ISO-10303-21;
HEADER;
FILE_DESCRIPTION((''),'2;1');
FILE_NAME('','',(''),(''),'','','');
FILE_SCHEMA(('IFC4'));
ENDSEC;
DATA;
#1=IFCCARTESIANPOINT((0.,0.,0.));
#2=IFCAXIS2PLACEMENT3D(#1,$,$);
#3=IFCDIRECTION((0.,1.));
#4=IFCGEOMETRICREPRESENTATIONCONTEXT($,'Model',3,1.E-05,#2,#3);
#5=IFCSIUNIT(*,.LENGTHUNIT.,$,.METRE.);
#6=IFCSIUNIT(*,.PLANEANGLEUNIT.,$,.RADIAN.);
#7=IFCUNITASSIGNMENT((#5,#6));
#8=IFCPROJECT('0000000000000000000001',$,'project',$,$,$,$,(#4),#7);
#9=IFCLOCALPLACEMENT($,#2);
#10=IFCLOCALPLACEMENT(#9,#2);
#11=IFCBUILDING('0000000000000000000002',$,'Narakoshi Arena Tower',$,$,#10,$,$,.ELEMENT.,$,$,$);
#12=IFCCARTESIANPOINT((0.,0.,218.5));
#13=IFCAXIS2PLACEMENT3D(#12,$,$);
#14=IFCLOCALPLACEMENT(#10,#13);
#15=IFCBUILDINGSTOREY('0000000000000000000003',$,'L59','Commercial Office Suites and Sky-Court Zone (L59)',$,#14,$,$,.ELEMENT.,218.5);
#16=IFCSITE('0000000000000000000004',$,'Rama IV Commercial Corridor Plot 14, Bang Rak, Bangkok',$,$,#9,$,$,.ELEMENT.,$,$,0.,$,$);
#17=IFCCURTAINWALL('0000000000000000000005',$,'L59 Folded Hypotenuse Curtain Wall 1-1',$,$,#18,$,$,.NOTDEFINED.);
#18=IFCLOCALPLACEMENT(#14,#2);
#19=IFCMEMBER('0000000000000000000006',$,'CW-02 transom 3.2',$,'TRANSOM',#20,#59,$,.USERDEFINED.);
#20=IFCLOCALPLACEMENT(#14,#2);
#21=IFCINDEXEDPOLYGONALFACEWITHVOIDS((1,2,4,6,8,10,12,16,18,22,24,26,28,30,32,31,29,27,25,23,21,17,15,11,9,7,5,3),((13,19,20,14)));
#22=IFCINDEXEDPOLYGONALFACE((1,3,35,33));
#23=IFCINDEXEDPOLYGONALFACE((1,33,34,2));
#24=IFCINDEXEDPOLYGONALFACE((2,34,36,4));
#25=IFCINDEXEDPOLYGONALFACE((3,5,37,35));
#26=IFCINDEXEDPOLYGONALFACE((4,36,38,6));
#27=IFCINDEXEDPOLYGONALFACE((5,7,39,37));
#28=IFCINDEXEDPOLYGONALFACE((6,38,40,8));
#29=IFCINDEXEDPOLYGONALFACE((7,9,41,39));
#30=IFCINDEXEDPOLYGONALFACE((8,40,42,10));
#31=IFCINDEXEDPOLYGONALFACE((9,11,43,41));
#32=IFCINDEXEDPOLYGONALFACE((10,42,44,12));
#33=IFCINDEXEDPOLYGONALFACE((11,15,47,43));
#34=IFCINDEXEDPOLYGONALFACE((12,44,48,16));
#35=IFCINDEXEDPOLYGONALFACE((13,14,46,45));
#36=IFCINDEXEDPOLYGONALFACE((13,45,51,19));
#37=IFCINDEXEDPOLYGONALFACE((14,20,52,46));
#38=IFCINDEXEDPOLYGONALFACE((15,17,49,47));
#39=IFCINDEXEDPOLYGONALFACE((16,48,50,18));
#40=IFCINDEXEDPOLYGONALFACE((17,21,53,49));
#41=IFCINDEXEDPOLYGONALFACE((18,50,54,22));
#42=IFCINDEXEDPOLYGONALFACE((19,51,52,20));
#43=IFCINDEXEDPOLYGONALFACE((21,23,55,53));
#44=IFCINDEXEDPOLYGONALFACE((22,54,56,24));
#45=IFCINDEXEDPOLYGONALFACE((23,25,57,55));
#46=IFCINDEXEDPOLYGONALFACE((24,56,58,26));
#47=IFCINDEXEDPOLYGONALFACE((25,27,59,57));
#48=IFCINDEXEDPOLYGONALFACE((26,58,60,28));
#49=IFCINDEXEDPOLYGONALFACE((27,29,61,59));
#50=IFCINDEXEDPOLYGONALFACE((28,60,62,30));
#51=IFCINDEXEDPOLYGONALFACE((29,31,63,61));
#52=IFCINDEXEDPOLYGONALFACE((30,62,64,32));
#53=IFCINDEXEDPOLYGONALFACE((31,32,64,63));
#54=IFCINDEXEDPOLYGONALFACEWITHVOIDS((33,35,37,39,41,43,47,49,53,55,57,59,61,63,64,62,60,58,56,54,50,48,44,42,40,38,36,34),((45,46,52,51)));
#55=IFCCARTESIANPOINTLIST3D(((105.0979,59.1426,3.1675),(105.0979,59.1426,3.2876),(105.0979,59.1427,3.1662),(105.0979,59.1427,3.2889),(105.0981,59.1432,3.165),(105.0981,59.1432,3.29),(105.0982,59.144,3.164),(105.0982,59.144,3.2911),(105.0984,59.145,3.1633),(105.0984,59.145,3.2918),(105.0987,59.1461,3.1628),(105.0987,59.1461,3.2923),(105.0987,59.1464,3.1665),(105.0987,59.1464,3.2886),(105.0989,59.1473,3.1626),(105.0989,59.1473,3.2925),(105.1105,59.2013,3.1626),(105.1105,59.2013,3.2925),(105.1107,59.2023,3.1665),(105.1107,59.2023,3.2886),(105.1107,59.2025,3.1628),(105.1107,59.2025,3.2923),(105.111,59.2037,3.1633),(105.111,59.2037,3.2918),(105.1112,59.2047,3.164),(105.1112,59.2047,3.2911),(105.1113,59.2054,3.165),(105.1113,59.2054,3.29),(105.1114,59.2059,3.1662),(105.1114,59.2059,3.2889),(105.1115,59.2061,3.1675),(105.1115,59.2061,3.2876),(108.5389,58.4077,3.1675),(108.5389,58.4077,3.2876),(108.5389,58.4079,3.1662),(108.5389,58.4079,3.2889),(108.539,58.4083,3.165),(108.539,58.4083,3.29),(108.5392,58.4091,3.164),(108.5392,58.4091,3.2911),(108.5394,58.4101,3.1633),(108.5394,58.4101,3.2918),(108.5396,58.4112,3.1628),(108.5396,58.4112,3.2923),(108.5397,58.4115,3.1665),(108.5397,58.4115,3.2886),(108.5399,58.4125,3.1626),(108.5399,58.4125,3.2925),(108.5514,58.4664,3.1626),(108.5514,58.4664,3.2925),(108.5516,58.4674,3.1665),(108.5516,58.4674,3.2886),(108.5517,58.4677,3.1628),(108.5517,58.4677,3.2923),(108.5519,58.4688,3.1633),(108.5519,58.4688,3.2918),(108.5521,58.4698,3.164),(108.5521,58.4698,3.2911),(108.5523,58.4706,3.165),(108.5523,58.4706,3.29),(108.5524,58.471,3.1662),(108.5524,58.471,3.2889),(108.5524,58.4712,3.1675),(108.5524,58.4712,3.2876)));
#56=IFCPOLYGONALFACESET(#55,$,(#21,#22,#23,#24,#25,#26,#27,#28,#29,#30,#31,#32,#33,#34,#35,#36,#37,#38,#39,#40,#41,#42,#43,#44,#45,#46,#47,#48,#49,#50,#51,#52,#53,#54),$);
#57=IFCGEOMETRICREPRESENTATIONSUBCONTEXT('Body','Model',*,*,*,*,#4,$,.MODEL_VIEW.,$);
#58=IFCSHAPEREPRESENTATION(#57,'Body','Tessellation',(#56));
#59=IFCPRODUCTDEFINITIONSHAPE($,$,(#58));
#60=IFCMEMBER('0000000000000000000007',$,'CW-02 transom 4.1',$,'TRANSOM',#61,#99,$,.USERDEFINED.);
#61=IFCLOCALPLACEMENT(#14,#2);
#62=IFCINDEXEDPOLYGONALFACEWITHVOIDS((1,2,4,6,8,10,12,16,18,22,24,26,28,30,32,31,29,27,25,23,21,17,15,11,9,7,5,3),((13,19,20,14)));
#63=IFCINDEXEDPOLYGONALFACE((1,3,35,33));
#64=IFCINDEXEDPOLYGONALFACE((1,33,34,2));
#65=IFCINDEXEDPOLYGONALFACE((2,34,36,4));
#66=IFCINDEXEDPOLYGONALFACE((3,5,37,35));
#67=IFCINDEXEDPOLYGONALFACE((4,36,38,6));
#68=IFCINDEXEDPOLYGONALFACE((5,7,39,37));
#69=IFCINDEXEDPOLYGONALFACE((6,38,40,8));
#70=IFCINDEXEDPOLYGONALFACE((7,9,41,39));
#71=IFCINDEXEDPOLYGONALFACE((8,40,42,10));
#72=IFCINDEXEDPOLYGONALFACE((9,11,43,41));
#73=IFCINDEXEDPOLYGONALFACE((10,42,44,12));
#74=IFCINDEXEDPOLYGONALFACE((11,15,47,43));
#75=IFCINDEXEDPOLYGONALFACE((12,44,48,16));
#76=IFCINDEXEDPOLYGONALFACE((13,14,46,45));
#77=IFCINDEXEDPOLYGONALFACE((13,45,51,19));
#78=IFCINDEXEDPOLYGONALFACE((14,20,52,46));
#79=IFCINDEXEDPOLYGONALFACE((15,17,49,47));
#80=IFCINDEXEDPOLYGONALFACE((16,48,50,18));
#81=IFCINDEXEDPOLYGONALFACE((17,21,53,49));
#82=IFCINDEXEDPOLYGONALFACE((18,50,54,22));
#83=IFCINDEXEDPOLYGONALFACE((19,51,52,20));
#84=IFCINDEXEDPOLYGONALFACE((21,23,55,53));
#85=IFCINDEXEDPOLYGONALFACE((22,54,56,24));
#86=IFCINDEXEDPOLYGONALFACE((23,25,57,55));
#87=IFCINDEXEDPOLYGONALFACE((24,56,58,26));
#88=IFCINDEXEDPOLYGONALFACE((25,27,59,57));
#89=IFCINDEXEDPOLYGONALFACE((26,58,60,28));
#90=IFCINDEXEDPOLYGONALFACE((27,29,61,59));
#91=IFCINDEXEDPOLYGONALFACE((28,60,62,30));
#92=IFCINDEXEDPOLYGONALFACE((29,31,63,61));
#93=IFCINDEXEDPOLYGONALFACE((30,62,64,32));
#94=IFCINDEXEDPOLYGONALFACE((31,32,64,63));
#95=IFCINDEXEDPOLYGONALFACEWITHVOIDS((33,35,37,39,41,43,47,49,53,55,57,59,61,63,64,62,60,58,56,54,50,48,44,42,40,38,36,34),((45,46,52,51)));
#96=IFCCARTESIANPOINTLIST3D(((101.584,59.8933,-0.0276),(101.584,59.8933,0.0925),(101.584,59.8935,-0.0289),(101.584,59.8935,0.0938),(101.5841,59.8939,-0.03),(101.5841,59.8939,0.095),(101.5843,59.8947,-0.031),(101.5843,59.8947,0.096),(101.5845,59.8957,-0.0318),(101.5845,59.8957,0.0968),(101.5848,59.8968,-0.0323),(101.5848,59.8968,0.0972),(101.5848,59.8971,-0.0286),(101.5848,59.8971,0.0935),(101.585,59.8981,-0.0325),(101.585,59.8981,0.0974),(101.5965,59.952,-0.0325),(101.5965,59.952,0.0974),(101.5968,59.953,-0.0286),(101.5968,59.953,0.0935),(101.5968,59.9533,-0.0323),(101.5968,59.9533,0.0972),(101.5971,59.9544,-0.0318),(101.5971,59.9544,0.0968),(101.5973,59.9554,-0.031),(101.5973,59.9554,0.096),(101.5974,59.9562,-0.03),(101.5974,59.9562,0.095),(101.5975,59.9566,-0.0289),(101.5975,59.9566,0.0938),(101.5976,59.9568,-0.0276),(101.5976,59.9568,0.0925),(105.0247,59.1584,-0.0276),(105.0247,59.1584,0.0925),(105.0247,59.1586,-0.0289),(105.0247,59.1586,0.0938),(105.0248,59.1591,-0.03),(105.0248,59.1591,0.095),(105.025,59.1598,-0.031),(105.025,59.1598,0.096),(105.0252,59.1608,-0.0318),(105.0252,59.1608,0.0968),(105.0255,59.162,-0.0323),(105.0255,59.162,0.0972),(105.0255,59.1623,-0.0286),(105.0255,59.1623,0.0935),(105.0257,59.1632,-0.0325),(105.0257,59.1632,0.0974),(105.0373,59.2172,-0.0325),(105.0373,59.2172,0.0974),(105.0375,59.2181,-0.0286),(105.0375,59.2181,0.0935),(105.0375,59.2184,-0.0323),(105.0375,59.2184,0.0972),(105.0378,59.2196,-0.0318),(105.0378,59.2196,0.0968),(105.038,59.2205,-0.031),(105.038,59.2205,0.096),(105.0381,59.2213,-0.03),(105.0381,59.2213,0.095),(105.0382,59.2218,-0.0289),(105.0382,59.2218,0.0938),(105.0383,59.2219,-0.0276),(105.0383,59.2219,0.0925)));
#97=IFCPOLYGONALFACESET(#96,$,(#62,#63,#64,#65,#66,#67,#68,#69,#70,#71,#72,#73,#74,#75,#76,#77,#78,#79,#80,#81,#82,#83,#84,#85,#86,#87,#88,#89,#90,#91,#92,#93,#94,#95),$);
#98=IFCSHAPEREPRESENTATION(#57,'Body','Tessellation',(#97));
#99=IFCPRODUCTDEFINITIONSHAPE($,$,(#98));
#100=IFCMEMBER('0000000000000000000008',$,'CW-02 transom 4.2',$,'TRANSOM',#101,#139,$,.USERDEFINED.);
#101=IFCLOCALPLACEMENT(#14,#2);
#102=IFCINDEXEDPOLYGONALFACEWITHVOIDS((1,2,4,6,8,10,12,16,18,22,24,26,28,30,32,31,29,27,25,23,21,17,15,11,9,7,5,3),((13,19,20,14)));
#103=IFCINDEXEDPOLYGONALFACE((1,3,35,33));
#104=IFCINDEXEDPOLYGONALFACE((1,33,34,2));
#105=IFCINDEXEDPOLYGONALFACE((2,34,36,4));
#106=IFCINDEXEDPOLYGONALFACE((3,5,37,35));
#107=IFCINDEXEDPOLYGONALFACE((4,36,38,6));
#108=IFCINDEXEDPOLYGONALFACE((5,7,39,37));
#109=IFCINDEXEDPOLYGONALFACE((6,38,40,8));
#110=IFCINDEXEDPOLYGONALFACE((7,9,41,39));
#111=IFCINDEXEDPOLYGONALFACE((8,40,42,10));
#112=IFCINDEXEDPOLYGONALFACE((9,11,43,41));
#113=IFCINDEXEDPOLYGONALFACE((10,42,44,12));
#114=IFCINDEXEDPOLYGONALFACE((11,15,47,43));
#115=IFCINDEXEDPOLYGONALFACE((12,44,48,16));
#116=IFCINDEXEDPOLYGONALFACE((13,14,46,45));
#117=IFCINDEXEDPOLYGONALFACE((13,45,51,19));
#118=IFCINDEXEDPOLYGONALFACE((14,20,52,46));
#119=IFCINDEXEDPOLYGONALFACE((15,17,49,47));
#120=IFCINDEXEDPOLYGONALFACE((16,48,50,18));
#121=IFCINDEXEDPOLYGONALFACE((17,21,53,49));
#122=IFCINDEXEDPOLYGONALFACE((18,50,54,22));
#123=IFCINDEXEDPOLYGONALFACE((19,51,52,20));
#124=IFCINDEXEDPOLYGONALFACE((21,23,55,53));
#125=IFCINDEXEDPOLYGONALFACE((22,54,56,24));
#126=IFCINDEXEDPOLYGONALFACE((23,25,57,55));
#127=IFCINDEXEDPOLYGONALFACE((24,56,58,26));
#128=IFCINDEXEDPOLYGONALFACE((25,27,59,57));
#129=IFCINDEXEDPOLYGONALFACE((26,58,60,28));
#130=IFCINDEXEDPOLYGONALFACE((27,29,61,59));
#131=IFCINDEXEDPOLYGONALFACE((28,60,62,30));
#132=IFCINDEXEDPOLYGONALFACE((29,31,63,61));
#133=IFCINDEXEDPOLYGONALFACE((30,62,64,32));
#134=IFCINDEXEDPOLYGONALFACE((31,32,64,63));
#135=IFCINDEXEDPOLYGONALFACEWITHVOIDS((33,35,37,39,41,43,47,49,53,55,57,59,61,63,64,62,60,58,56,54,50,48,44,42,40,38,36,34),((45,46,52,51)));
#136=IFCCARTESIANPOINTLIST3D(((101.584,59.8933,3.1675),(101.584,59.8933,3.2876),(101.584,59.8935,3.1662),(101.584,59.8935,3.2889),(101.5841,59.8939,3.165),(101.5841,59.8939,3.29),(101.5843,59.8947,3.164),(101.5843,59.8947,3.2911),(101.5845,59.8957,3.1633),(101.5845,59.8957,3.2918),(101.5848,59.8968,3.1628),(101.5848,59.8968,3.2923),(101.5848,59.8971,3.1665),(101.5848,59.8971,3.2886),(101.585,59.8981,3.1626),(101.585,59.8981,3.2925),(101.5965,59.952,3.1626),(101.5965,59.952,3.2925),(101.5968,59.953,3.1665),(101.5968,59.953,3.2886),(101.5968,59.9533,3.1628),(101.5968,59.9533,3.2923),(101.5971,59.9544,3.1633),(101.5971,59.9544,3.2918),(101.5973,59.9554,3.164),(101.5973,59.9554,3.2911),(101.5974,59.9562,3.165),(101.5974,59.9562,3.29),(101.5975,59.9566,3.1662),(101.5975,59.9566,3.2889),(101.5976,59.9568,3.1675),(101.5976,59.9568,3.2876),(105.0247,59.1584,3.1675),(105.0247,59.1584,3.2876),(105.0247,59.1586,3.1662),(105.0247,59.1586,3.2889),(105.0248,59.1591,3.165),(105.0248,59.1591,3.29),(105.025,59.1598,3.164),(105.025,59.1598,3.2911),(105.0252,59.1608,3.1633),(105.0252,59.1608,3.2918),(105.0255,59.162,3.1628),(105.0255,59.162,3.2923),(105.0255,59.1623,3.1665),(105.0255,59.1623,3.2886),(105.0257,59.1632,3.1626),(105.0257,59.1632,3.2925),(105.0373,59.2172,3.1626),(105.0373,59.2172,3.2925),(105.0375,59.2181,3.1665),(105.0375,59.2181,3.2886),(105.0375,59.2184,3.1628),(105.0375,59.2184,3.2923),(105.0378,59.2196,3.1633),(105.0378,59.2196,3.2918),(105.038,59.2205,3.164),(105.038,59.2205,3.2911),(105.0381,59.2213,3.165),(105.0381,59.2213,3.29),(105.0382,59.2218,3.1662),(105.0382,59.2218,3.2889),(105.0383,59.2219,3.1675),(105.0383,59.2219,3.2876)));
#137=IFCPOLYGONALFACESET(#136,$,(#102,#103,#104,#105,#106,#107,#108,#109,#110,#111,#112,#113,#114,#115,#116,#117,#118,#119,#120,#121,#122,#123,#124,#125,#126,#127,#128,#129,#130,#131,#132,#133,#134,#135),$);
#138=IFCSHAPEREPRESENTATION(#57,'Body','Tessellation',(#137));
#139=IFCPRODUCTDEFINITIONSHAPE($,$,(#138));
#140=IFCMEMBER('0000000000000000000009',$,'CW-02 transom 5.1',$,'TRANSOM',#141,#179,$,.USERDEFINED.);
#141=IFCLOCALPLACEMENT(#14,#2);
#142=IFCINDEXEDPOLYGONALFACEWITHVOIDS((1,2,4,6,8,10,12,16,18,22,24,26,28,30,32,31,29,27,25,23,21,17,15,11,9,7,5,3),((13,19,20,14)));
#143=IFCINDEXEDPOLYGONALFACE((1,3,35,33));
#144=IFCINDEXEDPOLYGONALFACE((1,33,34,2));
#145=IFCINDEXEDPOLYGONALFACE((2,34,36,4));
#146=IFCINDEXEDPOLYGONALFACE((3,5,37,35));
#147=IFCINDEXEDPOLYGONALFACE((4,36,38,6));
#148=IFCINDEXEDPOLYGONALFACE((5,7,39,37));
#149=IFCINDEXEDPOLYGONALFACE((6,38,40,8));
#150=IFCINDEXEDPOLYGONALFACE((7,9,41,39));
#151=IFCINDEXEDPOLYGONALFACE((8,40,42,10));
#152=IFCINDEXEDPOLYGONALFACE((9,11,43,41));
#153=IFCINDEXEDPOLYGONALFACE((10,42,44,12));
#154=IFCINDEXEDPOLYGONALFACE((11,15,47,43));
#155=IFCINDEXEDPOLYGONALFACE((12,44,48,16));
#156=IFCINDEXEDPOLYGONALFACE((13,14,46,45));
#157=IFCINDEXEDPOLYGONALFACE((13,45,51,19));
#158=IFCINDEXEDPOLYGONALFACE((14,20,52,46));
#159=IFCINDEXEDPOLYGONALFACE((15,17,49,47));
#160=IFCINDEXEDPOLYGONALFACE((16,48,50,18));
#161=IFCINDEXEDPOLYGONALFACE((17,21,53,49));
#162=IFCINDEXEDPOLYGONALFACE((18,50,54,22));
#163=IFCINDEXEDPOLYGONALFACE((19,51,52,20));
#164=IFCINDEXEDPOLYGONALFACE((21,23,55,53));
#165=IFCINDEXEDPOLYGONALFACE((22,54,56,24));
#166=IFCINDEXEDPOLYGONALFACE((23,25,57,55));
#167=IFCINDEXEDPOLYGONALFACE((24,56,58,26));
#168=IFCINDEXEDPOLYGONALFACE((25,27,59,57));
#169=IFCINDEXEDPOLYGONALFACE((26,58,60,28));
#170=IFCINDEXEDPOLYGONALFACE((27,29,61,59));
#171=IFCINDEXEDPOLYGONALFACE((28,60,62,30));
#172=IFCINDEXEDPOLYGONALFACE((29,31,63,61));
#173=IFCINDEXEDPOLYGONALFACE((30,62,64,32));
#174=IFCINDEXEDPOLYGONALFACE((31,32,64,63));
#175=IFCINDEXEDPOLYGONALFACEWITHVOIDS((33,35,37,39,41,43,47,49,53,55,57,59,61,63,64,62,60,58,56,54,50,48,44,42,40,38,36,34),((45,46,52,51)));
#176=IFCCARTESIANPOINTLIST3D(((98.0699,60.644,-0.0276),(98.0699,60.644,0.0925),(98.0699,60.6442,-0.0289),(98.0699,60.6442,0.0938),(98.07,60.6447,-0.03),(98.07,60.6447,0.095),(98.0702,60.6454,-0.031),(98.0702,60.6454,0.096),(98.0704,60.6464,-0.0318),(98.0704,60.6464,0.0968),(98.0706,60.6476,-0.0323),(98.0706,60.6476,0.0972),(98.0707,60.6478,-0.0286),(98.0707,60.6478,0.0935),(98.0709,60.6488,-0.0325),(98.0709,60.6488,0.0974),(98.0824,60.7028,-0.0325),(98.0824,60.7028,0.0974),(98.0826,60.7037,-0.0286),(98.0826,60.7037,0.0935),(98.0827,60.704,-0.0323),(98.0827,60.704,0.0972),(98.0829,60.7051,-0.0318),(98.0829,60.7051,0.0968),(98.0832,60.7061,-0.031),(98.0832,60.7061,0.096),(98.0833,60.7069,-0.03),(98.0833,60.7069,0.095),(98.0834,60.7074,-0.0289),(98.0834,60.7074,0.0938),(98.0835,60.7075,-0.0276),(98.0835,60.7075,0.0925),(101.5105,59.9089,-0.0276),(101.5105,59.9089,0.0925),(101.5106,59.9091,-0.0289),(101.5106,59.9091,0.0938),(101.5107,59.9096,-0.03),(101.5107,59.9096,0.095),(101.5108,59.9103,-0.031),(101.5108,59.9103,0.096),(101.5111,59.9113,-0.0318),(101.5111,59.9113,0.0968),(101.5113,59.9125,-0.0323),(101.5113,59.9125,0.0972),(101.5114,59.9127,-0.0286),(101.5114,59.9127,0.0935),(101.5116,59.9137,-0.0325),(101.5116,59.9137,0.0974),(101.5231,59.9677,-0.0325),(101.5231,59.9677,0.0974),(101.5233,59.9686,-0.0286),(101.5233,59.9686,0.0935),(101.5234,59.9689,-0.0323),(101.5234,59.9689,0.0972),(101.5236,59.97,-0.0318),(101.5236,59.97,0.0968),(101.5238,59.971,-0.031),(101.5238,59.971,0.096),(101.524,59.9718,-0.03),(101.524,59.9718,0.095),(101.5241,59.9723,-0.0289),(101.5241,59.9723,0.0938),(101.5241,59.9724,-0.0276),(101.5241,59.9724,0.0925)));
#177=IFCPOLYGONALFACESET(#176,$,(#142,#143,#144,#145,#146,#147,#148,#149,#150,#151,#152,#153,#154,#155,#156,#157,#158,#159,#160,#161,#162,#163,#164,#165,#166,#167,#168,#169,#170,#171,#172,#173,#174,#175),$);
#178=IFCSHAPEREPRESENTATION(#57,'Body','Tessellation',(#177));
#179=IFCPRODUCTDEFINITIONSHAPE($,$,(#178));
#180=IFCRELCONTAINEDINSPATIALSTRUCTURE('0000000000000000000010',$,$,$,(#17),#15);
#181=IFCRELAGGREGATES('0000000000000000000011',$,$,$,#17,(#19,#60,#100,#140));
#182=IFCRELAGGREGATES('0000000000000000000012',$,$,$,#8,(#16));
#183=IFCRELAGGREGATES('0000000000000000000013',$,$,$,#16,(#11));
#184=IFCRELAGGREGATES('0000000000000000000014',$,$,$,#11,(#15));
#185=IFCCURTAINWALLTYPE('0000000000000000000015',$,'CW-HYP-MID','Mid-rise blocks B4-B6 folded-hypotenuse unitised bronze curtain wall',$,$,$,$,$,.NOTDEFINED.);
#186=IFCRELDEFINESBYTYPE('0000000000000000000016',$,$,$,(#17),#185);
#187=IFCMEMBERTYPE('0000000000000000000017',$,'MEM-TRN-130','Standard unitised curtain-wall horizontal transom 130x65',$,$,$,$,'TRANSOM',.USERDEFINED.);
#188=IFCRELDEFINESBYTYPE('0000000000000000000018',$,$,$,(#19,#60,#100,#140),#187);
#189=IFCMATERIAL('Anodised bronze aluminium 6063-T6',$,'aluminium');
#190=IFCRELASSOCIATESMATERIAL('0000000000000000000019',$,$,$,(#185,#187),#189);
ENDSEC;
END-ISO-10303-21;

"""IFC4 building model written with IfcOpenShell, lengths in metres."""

from ifc_helpers import new_model, si_unit, direction, frame, origin, origin_2d, place, context, subcontext, project, spatial, hollow_rectangle, extrude, material, material_profile, profile_set, type_object, element, aggregate, save


model = new_model("IFC4")

# Units and contexts
model_context = context("Model", 3, precision=1e-05, world=origin(), true_north=direction((0.0, 1.0)))
body_context = subcontext(model_context, "Body", "Model", "MODEL_VIEW")
ifc_project = project(units=[si_unit("LENGTHUNIT", "METRE"), si_unit("PLANEANGLEUNIT", "RADIAN")], contexts=[model_context])

# Site, building, storey
site_placement = place(None, origin())
site = spatial("IfcSite", under=ifc_project, at=site_placement, Name="Rama IV Commercial Corridor Plot 14, Bang Rak, Bangkok", CompositionType="ELEMENT", RefElevation=0.0)
building_placement = place(site_placement, origin())
building = spatial("IfcBuilding", under=site, at=building_placement, Name="Narakoshi Arena Tower", CompositionType="ELEMENT")
storey_placement = place(building_placement, frame((0.0, 0.0, 218.5)))
storey = spatial("IfcBuildingStorey", under=building, at=storey_placement, Name="L59", Description="Commercial Office Suites and Sky-Court Zone (L59)", CompositionType="ELEMENT", Elevation=218.5)

# Curtain wall, members
ifc_material_1 = material(Name="Anodised bronze aluminium 6063-T6", Category="aluminium")
curtain_wall_type = type_object("IfcCurtainWallType", Name="CW-HYP-MID", Description="Mid-rise blocks B4-B6 folded-hypotenuse unitised bronze curtain wall", PredefinedType="NOTDEFINED", material=ifc_material_1)
curtain_wall_placement = place(storey_placement, origin())
curtain_wall = element("IfcCurtainWall", 1, at=curtain_wall_placement, inside=storey, type_object=curtain_wall_type, Name="L59 Folded Hypotenuse Curtain Wall 1-1", PredefinedType="NOTDEFINED")
ifc_material_profile_1 = material_profile(ifc_material_1, hollow_rectangle(XDim=0.0649, YDim=0.1299, WallThickness=0.0039, OuterFilletRadius=0.0049, at=origin_2d()), Name="TRN130x65x4")
ifc_profile_set_1 = profile_set([ifc_material_profile_1], Name="Anodised bronze aluminium 6063-T6")
member_type_1 = type_object("IfcMemberType", Name="MEM-TRN-130", Description="Standard unitised curtain-wall horizontal transom 130x65", ElementType="TRANSOM", PredefinedType="USERDEFINED", material=ifc_profile_set_1)
member_1_placement = place(storey_placement, frame((108.5457, 58.4395, 3.2275), z_axis=(-0.977946, 0.208856, 0.0), x_axis=(-0.208856, -0.977946, 0.0)))
member_1 = element("IfcMember", 2, at=member_1_placement, type_object=member_type_1, Name="CW-02 transom 3.2", ObjectType="TRANSOM", PredefinedType="USERDEFINED", context=body_context, shape_type="SweptSolid", body=[
    extrude(hollow_rectangle(XDim=0.0649, YDim=0.1299, WallThickness=0.0039, OuterFilletRadius=0.0049, at=origin_2d()), origin(), (0.0, 0.0, 1.0), 3.5186),
])
member_2_placement = place(storey_placement, frame((105.0315, 59.1902, 0.0325), z_axis=(-0.977943, 0.20887, 0.0), x_axis=(-0.20887, -0.977943, 0.0)))
member_2 = element("IfcMember", 3, at=member_2_placement, type_object=member_type_1, Name="CW-02 transom 4.1", ObjectType="TRANSOM", PredefinedType="USERDEFINED", context=body_context, shape_type="SweptSolid", body=[
    extrude(hollow_rectangle(XDim=0.0649, YDim=0.1299, WallThickness=0.0039, OuterFilletRadius=0.0049, at=origin_2d()), origin(), (0.0, 0.0, 1.0), 3.5183),
])
member_3_placement = place(storey_placement, frame((105.0315, 59.1902, 3.2275), z_axis=(-0.977943, 0.20887, 0.0), x_axis=(-0.20887, -0.977943, 0.0)))
member_3 = element("IfcMember", 4, at=member_3_placement, type_object=member_type_1, Name="CW-02 transom 4.2", ObjectType="TRANSOM", PredefinedType="USERDEFINED", context=body_context, shape_type="SweptSolid", body=[
    extrude(hollow_rectangle(XDim=0.0649, YDim=0.1299, WallThickness=0.0039, OuterFilletRadius=0.0049, at=origin_2d()), origin(), (0.0, 0.0, 1.0), 3.5183),
])
member_4_placement = place(storey_placement, frame((101.5173, 59.9407, 0.0325), z_axis=(-0.977929, 0.208937, 0.0), x_axis=(-0.208937, -0.977929, 0.0)))
member_4 = element("IfcMember", 5, at=member_4_placement, type_object=member_type_1, Name="CW-02 transom 5.1", ObjectType="TRANSOM", PredefinedType="USERDEFINED", context=body_context, shape_type="SweptSolid", body=[
    extrude(hollow_rectangle(XDim=0.0649, YDim=0.1299, WallThickness=0.0039, OuterFilletRadius=0.0049, at=origin_2d()), origin(), (0.0, 0.0, 1.0), 3.5183),
])
aggregate(curtain_wall, [member_1, member_2, member_3, member_4])

save(model, "model.ifc")
